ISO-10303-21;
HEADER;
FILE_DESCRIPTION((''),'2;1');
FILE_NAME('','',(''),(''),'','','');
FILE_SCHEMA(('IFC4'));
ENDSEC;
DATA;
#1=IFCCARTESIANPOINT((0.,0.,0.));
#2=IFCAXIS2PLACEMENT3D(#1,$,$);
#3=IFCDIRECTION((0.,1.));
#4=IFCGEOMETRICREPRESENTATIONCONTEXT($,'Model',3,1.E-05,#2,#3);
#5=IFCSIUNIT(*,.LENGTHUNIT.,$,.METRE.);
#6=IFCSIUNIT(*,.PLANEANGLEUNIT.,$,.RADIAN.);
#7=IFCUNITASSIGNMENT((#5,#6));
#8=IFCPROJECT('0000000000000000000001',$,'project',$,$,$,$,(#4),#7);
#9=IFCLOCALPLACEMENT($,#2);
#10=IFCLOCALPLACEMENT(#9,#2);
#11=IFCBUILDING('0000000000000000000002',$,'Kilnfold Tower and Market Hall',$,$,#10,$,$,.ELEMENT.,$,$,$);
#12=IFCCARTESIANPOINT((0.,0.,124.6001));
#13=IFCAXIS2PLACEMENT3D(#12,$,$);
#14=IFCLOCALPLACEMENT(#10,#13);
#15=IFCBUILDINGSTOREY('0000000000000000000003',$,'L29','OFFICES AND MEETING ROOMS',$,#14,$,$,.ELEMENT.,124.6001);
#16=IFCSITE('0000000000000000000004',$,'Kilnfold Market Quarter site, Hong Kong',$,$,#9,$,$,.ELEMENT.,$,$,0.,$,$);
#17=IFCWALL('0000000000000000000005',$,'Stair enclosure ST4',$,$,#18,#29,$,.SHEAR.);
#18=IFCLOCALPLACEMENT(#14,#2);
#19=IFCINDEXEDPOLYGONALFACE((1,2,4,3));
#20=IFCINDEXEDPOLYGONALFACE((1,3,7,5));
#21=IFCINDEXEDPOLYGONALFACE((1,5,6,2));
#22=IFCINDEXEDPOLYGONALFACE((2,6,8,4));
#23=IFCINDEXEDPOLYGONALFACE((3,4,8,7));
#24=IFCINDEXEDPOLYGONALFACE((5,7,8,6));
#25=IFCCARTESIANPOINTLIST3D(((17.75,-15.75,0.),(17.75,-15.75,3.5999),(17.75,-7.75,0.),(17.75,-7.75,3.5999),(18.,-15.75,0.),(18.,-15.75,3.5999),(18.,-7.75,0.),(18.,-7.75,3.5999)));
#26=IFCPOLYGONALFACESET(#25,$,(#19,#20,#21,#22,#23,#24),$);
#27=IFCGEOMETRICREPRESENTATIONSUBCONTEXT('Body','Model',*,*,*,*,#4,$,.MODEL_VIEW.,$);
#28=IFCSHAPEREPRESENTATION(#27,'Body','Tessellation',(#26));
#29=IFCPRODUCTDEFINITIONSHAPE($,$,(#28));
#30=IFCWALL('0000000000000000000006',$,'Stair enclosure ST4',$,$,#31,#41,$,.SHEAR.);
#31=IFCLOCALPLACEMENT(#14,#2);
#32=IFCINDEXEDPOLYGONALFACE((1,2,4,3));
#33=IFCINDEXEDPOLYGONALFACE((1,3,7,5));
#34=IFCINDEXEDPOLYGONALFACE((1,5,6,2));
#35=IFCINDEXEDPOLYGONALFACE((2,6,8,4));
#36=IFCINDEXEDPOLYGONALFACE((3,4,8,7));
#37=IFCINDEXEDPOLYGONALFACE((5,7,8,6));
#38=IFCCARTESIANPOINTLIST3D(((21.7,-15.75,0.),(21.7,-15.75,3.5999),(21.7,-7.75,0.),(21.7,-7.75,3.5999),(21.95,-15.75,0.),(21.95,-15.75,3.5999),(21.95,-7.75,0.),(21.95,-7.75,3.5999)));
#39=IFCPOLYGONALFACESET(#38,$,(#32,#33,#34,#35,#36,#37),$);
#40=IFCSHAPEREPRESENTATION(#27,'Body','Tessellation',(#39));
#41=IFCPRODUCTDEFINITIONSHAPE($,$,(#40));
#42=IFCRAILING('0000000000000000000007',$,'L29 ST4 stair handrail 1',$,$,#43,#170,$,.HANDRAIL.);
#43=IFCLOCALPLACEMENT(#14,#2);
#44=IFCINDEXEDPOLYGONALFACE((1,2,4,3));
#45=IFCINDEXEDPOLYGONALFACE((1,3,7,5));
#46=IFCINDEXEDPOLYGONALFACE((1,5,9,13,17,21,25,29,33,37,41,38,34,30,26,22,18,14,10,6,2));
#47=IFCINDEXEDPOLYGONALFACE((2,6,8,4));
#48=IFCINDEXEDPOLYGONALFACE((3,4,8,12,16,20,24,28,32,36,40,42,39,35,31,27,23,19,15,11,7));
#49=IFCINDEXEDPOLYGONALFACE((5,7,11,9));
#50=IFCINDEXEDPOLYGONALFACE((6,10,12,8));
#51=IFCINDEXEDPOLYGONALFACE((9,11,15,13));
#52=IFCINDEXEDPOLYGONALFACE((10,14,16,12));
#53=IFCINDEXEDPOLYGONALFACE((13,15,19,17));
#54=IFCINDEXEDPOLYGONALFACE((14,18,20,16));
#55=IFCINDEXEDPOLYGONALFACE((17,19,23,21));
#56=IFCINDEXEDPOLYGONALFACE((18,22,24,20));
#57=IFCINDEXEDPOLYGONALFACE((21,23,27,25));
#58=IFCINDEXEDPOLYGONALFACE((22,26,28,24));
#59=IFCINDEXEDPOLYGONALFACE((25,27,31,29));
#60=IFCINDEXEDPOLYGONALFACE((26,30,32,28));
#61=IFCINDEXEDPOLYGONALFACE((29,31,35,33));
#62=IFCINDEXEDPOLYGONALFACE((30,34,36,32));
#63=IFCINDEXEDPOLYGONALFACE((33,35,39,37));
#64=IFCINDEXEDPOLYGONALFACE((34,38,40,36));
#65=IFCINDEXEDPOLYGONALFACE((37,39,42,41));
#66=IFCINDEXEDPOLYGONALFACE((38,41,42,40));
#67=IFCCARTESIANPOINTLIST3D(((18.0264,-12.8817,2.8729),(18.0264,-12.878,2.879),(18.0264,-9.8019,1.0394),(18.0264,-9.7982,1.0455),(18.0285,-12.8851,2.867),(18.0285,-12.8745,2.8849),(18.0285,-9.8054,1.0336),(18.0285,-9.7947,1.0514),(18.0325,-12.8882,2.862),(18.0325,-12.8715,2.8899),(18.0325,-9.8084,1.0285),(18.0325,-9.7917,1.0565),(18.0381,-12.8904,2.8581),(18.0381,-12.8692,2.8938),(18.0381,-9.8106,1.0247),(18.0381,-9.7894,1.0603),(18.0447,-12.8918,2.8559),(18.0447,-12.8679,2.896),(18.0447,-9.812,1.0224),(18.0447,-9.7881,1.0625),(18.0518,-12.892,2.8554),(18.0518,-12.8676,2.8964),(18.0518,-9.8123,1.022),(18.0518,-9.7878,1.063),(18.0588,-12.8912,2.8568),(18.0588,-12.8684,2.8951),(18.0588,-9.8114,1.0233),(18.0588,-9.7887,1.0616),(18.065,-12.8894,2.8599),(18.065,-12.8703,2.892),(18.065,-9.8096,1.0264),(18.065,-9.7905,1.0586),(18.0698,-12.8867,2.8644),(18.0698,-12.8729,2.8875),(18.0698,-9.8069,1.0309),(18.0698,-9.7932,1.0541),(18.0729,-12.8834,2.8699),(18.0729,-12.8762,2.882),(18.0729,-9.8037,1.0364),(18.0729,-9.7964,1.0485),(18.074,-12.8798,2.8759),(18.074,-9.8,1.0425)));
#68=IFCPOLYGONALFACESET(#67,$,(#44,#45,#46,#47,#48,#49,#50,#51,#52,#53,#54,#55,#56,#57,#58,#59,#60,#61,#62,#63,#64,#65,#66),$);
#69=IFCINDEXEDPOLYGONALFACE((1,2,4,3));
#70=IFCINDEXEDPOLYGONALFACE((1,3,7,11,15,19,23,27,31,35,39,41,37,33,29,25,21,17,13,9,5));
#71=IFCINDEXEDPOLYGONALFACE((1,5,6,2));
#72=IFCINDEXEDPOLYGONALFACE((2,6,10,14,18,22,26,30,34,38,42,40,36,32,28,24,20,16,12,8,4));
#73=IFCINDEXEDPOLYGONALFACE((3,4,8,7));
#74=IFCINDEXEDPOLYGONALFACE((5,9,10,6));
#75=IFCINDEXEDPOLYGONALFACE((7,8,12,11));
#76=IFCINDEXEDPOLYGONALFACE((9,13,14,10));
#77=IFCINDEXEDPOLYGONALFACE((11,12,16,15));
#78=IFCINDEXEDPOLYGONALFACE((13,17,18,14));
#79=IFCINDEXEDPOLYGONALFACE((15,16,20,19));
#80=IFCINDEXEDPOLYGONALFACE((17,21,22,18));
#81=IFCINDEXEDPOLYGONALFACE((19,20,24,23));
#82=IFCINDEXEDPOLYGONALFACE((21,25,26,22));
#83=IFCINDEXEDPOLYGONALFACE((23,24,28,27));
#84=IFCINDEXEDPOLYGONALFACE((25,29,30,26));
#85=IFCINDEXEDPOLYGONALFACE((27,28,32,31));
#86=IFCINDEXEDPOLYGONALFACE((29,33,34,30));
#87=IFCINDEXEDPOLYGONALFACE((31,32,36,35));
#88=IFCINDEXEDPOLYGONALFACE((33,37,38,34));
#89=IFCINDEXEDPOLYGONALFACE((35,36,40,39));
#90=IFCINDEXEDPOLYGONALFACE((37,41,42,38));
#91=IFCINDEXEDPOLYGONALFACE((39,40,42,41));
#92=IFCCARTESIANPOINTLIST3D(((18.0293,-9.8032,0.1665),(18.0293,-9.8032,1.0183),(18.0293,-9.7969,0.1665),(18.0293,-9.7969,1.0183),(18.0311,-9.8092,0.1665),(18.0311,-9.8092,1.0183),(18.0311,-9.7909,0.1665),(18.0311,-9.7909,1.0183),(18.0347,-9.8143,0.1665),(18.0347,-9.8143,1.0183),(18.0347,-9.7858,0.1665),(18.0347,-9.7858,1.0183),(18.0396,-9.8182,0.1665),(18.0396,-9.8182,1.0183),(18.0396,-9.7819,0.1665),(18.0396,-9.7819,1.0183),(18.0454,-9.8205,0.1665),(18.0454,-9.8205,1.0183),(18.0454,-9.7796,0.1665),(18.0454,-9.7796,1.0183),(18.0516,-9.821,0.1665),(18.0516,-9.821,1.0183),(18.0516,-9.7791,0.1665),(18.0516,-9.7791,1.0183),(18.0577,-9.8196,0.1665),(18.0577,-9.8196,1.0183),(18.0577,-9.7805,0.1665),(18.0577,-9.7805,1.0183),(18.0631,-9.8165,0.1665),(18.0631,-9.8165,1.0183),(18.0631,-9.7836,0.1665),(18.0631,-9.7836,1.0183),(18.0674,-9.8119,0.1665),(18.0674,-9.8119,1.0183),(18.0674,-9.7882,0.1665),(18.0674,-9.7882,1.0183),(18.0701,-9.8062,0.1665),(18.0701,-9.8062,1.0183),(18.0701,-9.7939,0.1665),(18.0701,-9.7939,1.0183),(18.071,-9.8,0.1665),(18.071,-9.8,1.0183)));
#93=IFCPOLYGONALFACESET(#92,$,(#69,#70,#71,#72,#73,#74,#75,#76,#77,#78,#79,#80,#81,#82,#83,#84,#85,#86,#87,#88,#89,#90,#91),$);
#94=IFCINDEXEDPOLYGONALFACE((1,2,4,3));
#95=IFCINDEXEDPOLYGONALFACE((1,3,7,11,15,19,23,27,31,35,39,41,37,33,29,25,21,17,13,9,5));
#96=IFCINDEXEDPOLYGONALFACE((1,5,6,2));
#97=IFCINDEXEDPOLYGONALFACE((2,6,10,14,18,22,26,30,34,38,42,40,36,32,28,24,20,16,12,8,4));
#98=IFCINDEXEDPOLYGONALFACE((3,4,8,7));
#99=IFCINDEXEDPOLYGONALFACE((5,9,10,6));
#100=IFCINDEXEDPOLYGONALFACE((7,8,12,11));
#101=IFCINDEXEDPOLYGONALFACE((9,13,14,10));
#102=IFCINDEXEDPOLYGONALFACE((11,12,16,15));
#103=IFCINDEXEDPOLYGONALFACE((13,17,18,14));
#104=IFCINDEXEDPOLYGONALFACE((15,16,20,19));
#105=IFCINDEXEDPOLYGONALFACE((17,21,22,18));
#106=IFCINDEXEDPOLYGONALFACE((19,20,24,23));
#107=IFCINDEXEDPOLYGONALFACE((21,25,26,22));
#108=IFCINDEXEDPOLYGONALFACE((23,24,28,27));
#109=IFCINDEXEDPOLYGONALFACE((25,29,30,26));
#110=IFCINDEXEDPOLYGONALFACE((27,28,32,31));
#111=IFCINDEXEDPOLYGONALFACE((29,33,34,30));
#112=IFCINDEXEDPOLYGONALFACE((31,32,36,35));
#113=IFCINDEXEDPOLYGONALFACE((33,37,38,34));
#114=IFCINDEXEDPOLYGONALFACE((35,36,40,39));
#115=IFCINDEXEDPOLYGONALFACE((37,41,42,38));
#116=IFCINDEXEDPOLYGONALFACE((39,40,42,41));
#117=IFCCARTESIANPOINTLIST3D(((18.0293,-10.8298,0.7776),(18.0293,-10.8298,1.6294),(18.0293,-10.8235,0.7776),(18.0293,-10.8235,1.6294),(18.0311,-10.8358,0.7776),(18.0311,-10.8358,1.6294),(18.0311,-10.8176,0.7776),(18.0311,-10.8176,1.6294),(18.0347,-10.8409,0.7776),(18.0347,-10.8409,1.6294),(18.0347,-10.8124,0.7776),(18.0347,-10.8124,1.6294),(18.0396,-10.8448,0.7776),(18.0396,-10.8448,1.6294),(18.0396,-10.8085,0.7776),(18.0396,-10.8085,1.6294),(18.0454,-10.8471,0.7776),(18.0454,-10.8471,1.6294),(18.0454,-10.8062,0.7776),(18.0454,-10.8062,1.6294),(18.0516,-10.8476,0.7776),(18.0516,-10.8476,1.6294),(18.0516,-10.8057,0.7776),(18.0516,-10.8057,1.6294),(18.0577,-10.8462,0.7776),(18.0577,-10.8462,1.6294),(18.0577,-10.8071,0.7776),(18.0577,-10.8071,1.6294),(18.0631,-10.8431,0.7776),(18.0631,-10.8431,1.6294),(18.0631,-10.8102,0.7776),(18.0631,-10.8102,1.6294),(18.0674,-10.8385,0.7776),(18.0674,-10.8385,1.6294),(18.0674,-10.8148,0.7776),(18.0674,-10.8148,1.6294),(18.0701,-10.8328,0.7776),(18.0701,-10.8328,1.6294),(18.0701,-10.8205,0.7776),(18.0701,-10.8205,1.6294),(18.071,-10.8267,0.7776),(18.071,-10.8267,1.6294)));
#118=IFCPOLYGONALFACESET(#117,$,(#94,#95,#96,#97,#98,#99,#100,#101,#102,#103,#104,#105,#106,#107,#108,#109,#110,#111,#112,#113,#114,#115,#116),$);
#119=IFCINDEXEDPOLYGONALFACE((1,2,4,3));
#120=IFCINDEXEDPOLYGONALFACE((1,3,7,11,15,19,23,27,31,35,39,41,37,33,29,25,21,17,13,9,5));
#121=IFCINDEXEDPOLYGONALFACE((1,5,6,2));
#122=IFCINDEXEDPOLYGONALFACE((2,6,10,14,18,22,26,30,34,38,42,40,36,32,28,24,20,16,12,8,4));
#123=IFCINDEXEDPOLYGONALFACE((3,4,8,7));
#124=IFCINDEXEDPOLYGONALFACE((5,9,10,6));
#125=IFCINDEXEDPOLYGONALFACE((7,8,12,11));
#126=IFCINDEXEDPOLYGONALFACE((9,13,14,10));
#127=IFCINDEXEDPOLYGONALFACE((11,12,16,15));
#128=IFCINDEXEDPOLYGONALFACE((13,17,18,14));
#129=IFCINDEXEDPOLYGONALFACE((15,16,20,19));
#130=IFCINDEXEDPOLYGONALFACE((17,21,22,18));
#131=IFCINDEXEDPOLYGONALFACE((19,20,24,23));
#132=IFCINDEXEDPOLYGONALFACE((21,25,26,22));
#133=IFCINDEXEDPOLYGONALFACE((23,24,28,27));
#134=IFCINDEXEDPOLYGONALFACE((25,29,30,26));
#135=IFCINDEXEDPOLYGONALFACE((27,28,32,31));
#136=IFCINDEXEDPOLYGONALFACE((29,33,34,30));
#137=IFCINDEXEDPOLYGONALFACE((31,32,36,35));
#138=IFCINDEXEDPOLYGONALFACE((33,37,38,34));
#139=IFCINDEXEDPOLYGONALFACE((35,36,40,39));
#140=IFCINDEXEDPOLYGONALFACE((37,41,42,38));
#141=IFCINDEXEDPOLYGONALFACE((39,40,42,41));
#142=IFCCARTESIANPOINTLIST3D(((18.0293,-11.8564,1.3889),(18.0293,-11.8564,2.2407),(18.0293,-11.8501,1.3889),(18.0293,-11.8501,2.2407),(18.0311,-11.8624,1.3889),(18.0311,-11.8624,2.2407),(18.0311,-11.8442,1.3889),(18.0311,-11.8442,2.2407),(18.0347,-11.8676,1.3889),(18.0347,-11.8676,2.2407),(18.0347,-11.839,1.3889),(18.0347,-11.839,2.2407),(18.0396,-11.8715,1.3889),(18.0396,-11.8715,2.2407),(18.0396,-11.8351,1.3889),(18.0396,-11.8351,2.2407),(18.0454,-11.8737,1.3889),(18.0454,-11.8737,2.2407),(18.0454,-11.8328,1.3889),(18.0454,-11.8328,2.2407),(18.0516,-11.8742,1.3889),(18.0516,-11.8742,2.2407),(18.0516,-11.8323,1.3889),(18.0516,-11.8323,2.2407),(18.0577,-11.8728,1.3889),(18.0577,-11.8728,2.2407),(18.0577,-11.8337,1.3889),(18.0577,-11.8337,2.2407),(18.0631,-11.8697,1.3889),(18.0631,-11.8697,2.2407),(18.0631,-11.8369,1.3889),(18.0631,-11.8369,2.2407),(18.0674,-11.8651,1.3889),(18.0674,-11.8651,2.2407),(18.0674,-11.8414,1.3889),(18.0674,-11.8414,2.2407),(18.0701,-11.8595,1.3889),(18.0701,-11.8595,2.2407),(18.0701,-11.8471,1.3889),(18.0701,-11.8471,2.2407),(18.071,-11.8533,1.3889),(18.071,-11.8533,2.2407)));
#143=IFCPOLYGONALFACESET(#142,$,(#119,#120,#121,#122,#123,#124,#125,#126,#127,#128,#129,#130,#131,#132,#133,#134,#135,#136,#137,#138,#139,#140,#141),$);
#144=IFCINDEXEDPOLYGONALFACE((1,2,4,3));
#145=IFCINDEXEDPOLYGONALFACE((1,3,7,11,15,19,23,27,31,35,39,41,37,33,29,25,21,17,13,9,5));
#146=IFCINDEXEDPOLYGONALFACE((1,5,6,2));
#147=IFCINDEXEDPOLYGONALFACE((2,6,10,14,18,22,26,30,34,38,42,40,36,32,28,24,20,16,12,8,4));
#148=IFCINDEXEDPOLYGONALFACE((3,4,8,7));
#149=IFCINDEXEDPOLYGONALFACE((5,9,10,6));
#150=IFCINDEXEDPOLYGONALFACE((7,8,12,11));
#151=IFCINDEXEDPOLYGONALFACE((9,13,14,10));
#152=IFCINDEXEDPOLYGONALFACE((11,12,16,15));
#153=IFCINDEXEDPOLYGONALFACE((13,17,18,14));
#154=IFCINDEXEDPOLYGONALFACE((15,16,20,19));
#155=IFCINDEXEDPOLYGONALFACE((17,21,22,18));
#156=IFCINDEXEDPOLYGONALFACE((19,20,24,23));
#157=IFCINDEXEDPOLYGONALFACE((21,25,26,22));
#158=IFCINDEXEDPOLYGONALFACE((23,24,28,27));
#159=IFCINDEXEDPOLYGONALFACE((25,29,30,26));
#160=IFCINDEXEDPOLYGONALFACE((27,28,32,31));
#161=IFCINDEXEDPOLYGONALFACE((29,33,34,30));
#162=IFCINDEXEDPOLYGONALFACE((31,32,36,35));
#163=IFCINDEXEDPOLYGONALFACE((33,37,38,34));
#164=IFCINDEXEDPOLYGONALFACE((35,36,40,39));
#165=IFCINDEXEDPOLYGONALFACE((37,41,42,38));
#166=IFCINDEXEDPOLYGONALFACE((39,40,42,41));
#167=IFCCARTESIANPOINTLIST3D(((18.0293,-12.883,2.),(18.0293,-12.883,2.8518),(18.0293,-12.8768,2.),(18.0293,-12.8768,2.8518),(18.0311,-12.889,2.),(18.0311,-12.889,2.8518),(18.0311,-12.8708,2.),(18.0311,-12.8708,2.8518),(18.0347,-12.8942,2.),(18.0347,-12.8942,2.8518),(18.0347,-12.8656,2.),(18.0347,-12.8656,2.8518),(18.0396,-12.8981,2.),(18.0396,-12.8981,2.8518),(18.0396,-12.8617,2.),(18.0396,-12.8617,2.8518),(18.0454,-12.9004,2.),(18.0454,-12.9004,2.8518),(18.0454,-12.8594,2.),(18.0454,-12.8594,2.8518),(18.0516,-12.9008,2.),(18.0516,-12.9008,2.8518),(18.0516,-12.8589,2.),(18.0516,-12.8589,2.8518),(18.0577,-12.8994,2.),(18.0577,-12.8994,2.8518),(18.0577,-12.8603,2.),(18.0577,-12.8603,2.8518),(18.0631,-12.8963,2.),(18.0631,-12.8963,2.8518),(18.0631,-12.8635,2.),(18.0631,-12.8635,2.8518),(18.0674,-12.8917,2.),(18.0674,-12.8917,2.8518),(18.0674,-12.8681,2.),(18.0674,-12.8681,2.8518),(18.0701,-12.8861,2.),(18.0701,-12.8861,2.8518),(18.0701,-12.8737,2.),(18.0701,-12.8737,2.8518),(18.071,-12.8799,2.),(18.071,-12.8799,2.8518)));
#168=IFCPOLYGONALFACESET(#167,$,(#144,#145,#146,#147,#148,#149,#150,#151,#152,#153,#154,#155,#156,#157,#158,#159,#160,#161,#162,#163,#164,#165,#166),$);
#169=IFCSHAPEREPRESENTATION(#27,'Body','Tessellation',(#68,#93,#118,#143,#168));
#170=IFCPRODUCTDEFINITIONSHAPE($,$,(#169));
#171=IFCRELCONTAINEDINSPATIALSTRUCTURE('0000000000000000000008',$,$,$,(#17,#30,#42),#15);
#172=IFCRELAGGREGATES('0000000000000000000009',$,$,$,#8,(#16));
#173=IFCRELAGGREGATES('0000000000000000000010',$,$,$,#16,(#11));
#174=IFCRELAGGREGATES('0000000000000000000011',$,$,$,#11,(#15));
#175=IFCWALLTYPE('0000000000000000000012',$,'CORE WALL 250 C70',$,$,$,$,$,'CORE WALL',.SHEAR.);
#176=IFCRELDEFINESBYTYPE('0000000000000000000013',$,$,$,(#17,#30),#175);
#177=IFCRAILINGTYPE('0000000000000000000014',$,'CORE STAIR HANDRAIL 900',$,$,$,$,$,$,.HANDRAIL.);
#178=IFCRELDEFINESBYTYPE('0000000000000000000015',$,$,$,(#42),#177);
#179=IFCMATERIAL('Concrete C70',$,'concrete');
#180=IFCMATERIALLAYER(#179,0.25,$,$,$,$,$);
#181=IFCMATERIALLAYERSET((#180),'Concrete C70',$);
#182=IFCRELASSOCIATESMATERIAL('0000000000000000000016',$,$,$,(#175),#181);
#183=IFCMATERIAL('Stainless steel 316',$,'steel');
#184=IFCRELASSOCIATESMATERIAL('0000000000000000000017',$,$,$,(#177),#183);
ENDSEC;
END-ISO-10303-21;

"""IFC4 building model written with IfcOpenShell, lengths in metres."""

from ifc_helpers import new_model, si_unit, direction, frame, frame_2d, origin, origin_2d, place, context, subcontext, project, spatial, rectangle, circle, extrude, source, transform, mapped, material, layer, layer_set, type_object, element, save


model = new_model("IFC4")

# Units and contexts
model_context = context("Model", 3, precision=1e-05, world=origin(), true_north=direction((0.0, 1.0)))
body_context = subcontext(model_context, "Body", "Model", "MODEL_VIEW")
ifc_project = project(units=[si_unit("LENGTHUNIT", "METRE"), si_unit("PLANEANGLEUNIT", "RADIAN")], contexts=[model_context])

# Site, building, storey
site_placement = place(None, origin())
site = spatial("IfcSite", under=ifc_project, at=site_placement, Name="Kilnfold Market Quarter site, Hong Kong", CompositionType="ELEMENT", RefElevation=0.0)
building_placement = place(site_placement, origin())
building = spatial("IfcBuilding", under=site, at=building_placement, Name="Kilnfold Tower and Market Hall", CompositionType="ELEMENT")
storey_placement = place(building_placement, frame((0.0, 0.0, 124.6001)))
storey = spatial("IfcBuildingStorey", under=building, at=storey_placement, Name="L29", Description="OFFICES AND MEETING ROOMS", CompositionType="ELEMENT", Elevation=124.6001)

# Shared definitions
ifc_material_1 = material(Name="Concrete C70", Category="concrete")
ifc_layer_1 = layer(ifc_material_1, 0.25)
ifc_layer_set_1 = layer_set([ifc_layer_1], Name="Concrete C70")
wall_type_1 = type_object("IfcWallType", Name="CORE WALL 250 C70", ElementType="CORE WALL", PredefinedType="SHEAR", material=ifc_layer_set_1)

# Walls
shared_shape_1 = source(origin(), body_context, "Body", "SweptSolid", [
    extrude(rectangle(XDim=8.0, YDim=0.25, at=frame_2d((4.0, 0.0))), origin(), (0.0, 0.0, 1.0), 3.5999),
])
for number, where, z_axis, x_axis, name in (
    (1, (17.875, -15.75, 0.0), (0.0, 0.0, 1.0), (0.0, 1.0, 0.0), "Stair enclosure ST4"),
    (2, (21.825, -15.75, 0.0), (0.0, 0.0, 1.0), (0.0, 1.0, 0.0), "Stair enclosure ST4"),
):
    element("IfcWall", number, at=place(storey_placement, frame(where, z_axis=z_axis, x_axis=x_axis)), inside=storey, type_object=wall_type_1, Name=name, PredefinedType="SHEAR", context=body_context, shape_type="MappedRepresentation", body=[
        mapped(shared_shape_1, transform((0.0, 0.0, 0.0))),
    ])

# Railing
ifc_material_2 = material(Name="Stainless steel 316", Category="steel")
railing_type_1 = type_object("IfcRailingType", Name="CORE STAIR HANDRAIL 900", PredefinedType="HANDRAIL", material=ifc_material_2)
railing_1_placement = place(storey_placement, frame((18.05, -9.8, 0.1665)))
element("IfcRailing", 3, at=railing_1_placement, inside=storey, type_object=railing_type_1, Name="L29 ST4 stair handrail 1", PredefinedType="HANDRAIL", context=body_context, shape_type="SweptSolid", body=[
    extrude(circle(Radius=0.0239, at=origin_2d()), frame((0.0, 0.0, 0.876), z_axis=(0.0, -0.859261, 0.511538), x_axis=(1.0, 0.0, 0.0)), (0.0, 0.0, 1.0), 3.5842),
    extrude(circle(Radius=0.021, at=origin_2d()), origin(), (0.0, 0.0, 1.0), 0.8518),
    extrude(circle(Radius=0.021, at=origin_2d()), frame((0.0, -1.0266, 0.6111)), (0.0, 0.0, 1.0), 0.8518),
    extrude(circle(Radius=0.021, at=origin_2d()), frame((0.0, -2.0532, 1.2224)), (0.0, 0.0, 1.0), 0.8518),
    extrude(circle(Radius=0.021, at=origin_2d()), frame((0.0, -3.0798, 1.8335)), (0.0, 0.0, 1.0), 0.8518),
])

save(model, "model.ifc")
